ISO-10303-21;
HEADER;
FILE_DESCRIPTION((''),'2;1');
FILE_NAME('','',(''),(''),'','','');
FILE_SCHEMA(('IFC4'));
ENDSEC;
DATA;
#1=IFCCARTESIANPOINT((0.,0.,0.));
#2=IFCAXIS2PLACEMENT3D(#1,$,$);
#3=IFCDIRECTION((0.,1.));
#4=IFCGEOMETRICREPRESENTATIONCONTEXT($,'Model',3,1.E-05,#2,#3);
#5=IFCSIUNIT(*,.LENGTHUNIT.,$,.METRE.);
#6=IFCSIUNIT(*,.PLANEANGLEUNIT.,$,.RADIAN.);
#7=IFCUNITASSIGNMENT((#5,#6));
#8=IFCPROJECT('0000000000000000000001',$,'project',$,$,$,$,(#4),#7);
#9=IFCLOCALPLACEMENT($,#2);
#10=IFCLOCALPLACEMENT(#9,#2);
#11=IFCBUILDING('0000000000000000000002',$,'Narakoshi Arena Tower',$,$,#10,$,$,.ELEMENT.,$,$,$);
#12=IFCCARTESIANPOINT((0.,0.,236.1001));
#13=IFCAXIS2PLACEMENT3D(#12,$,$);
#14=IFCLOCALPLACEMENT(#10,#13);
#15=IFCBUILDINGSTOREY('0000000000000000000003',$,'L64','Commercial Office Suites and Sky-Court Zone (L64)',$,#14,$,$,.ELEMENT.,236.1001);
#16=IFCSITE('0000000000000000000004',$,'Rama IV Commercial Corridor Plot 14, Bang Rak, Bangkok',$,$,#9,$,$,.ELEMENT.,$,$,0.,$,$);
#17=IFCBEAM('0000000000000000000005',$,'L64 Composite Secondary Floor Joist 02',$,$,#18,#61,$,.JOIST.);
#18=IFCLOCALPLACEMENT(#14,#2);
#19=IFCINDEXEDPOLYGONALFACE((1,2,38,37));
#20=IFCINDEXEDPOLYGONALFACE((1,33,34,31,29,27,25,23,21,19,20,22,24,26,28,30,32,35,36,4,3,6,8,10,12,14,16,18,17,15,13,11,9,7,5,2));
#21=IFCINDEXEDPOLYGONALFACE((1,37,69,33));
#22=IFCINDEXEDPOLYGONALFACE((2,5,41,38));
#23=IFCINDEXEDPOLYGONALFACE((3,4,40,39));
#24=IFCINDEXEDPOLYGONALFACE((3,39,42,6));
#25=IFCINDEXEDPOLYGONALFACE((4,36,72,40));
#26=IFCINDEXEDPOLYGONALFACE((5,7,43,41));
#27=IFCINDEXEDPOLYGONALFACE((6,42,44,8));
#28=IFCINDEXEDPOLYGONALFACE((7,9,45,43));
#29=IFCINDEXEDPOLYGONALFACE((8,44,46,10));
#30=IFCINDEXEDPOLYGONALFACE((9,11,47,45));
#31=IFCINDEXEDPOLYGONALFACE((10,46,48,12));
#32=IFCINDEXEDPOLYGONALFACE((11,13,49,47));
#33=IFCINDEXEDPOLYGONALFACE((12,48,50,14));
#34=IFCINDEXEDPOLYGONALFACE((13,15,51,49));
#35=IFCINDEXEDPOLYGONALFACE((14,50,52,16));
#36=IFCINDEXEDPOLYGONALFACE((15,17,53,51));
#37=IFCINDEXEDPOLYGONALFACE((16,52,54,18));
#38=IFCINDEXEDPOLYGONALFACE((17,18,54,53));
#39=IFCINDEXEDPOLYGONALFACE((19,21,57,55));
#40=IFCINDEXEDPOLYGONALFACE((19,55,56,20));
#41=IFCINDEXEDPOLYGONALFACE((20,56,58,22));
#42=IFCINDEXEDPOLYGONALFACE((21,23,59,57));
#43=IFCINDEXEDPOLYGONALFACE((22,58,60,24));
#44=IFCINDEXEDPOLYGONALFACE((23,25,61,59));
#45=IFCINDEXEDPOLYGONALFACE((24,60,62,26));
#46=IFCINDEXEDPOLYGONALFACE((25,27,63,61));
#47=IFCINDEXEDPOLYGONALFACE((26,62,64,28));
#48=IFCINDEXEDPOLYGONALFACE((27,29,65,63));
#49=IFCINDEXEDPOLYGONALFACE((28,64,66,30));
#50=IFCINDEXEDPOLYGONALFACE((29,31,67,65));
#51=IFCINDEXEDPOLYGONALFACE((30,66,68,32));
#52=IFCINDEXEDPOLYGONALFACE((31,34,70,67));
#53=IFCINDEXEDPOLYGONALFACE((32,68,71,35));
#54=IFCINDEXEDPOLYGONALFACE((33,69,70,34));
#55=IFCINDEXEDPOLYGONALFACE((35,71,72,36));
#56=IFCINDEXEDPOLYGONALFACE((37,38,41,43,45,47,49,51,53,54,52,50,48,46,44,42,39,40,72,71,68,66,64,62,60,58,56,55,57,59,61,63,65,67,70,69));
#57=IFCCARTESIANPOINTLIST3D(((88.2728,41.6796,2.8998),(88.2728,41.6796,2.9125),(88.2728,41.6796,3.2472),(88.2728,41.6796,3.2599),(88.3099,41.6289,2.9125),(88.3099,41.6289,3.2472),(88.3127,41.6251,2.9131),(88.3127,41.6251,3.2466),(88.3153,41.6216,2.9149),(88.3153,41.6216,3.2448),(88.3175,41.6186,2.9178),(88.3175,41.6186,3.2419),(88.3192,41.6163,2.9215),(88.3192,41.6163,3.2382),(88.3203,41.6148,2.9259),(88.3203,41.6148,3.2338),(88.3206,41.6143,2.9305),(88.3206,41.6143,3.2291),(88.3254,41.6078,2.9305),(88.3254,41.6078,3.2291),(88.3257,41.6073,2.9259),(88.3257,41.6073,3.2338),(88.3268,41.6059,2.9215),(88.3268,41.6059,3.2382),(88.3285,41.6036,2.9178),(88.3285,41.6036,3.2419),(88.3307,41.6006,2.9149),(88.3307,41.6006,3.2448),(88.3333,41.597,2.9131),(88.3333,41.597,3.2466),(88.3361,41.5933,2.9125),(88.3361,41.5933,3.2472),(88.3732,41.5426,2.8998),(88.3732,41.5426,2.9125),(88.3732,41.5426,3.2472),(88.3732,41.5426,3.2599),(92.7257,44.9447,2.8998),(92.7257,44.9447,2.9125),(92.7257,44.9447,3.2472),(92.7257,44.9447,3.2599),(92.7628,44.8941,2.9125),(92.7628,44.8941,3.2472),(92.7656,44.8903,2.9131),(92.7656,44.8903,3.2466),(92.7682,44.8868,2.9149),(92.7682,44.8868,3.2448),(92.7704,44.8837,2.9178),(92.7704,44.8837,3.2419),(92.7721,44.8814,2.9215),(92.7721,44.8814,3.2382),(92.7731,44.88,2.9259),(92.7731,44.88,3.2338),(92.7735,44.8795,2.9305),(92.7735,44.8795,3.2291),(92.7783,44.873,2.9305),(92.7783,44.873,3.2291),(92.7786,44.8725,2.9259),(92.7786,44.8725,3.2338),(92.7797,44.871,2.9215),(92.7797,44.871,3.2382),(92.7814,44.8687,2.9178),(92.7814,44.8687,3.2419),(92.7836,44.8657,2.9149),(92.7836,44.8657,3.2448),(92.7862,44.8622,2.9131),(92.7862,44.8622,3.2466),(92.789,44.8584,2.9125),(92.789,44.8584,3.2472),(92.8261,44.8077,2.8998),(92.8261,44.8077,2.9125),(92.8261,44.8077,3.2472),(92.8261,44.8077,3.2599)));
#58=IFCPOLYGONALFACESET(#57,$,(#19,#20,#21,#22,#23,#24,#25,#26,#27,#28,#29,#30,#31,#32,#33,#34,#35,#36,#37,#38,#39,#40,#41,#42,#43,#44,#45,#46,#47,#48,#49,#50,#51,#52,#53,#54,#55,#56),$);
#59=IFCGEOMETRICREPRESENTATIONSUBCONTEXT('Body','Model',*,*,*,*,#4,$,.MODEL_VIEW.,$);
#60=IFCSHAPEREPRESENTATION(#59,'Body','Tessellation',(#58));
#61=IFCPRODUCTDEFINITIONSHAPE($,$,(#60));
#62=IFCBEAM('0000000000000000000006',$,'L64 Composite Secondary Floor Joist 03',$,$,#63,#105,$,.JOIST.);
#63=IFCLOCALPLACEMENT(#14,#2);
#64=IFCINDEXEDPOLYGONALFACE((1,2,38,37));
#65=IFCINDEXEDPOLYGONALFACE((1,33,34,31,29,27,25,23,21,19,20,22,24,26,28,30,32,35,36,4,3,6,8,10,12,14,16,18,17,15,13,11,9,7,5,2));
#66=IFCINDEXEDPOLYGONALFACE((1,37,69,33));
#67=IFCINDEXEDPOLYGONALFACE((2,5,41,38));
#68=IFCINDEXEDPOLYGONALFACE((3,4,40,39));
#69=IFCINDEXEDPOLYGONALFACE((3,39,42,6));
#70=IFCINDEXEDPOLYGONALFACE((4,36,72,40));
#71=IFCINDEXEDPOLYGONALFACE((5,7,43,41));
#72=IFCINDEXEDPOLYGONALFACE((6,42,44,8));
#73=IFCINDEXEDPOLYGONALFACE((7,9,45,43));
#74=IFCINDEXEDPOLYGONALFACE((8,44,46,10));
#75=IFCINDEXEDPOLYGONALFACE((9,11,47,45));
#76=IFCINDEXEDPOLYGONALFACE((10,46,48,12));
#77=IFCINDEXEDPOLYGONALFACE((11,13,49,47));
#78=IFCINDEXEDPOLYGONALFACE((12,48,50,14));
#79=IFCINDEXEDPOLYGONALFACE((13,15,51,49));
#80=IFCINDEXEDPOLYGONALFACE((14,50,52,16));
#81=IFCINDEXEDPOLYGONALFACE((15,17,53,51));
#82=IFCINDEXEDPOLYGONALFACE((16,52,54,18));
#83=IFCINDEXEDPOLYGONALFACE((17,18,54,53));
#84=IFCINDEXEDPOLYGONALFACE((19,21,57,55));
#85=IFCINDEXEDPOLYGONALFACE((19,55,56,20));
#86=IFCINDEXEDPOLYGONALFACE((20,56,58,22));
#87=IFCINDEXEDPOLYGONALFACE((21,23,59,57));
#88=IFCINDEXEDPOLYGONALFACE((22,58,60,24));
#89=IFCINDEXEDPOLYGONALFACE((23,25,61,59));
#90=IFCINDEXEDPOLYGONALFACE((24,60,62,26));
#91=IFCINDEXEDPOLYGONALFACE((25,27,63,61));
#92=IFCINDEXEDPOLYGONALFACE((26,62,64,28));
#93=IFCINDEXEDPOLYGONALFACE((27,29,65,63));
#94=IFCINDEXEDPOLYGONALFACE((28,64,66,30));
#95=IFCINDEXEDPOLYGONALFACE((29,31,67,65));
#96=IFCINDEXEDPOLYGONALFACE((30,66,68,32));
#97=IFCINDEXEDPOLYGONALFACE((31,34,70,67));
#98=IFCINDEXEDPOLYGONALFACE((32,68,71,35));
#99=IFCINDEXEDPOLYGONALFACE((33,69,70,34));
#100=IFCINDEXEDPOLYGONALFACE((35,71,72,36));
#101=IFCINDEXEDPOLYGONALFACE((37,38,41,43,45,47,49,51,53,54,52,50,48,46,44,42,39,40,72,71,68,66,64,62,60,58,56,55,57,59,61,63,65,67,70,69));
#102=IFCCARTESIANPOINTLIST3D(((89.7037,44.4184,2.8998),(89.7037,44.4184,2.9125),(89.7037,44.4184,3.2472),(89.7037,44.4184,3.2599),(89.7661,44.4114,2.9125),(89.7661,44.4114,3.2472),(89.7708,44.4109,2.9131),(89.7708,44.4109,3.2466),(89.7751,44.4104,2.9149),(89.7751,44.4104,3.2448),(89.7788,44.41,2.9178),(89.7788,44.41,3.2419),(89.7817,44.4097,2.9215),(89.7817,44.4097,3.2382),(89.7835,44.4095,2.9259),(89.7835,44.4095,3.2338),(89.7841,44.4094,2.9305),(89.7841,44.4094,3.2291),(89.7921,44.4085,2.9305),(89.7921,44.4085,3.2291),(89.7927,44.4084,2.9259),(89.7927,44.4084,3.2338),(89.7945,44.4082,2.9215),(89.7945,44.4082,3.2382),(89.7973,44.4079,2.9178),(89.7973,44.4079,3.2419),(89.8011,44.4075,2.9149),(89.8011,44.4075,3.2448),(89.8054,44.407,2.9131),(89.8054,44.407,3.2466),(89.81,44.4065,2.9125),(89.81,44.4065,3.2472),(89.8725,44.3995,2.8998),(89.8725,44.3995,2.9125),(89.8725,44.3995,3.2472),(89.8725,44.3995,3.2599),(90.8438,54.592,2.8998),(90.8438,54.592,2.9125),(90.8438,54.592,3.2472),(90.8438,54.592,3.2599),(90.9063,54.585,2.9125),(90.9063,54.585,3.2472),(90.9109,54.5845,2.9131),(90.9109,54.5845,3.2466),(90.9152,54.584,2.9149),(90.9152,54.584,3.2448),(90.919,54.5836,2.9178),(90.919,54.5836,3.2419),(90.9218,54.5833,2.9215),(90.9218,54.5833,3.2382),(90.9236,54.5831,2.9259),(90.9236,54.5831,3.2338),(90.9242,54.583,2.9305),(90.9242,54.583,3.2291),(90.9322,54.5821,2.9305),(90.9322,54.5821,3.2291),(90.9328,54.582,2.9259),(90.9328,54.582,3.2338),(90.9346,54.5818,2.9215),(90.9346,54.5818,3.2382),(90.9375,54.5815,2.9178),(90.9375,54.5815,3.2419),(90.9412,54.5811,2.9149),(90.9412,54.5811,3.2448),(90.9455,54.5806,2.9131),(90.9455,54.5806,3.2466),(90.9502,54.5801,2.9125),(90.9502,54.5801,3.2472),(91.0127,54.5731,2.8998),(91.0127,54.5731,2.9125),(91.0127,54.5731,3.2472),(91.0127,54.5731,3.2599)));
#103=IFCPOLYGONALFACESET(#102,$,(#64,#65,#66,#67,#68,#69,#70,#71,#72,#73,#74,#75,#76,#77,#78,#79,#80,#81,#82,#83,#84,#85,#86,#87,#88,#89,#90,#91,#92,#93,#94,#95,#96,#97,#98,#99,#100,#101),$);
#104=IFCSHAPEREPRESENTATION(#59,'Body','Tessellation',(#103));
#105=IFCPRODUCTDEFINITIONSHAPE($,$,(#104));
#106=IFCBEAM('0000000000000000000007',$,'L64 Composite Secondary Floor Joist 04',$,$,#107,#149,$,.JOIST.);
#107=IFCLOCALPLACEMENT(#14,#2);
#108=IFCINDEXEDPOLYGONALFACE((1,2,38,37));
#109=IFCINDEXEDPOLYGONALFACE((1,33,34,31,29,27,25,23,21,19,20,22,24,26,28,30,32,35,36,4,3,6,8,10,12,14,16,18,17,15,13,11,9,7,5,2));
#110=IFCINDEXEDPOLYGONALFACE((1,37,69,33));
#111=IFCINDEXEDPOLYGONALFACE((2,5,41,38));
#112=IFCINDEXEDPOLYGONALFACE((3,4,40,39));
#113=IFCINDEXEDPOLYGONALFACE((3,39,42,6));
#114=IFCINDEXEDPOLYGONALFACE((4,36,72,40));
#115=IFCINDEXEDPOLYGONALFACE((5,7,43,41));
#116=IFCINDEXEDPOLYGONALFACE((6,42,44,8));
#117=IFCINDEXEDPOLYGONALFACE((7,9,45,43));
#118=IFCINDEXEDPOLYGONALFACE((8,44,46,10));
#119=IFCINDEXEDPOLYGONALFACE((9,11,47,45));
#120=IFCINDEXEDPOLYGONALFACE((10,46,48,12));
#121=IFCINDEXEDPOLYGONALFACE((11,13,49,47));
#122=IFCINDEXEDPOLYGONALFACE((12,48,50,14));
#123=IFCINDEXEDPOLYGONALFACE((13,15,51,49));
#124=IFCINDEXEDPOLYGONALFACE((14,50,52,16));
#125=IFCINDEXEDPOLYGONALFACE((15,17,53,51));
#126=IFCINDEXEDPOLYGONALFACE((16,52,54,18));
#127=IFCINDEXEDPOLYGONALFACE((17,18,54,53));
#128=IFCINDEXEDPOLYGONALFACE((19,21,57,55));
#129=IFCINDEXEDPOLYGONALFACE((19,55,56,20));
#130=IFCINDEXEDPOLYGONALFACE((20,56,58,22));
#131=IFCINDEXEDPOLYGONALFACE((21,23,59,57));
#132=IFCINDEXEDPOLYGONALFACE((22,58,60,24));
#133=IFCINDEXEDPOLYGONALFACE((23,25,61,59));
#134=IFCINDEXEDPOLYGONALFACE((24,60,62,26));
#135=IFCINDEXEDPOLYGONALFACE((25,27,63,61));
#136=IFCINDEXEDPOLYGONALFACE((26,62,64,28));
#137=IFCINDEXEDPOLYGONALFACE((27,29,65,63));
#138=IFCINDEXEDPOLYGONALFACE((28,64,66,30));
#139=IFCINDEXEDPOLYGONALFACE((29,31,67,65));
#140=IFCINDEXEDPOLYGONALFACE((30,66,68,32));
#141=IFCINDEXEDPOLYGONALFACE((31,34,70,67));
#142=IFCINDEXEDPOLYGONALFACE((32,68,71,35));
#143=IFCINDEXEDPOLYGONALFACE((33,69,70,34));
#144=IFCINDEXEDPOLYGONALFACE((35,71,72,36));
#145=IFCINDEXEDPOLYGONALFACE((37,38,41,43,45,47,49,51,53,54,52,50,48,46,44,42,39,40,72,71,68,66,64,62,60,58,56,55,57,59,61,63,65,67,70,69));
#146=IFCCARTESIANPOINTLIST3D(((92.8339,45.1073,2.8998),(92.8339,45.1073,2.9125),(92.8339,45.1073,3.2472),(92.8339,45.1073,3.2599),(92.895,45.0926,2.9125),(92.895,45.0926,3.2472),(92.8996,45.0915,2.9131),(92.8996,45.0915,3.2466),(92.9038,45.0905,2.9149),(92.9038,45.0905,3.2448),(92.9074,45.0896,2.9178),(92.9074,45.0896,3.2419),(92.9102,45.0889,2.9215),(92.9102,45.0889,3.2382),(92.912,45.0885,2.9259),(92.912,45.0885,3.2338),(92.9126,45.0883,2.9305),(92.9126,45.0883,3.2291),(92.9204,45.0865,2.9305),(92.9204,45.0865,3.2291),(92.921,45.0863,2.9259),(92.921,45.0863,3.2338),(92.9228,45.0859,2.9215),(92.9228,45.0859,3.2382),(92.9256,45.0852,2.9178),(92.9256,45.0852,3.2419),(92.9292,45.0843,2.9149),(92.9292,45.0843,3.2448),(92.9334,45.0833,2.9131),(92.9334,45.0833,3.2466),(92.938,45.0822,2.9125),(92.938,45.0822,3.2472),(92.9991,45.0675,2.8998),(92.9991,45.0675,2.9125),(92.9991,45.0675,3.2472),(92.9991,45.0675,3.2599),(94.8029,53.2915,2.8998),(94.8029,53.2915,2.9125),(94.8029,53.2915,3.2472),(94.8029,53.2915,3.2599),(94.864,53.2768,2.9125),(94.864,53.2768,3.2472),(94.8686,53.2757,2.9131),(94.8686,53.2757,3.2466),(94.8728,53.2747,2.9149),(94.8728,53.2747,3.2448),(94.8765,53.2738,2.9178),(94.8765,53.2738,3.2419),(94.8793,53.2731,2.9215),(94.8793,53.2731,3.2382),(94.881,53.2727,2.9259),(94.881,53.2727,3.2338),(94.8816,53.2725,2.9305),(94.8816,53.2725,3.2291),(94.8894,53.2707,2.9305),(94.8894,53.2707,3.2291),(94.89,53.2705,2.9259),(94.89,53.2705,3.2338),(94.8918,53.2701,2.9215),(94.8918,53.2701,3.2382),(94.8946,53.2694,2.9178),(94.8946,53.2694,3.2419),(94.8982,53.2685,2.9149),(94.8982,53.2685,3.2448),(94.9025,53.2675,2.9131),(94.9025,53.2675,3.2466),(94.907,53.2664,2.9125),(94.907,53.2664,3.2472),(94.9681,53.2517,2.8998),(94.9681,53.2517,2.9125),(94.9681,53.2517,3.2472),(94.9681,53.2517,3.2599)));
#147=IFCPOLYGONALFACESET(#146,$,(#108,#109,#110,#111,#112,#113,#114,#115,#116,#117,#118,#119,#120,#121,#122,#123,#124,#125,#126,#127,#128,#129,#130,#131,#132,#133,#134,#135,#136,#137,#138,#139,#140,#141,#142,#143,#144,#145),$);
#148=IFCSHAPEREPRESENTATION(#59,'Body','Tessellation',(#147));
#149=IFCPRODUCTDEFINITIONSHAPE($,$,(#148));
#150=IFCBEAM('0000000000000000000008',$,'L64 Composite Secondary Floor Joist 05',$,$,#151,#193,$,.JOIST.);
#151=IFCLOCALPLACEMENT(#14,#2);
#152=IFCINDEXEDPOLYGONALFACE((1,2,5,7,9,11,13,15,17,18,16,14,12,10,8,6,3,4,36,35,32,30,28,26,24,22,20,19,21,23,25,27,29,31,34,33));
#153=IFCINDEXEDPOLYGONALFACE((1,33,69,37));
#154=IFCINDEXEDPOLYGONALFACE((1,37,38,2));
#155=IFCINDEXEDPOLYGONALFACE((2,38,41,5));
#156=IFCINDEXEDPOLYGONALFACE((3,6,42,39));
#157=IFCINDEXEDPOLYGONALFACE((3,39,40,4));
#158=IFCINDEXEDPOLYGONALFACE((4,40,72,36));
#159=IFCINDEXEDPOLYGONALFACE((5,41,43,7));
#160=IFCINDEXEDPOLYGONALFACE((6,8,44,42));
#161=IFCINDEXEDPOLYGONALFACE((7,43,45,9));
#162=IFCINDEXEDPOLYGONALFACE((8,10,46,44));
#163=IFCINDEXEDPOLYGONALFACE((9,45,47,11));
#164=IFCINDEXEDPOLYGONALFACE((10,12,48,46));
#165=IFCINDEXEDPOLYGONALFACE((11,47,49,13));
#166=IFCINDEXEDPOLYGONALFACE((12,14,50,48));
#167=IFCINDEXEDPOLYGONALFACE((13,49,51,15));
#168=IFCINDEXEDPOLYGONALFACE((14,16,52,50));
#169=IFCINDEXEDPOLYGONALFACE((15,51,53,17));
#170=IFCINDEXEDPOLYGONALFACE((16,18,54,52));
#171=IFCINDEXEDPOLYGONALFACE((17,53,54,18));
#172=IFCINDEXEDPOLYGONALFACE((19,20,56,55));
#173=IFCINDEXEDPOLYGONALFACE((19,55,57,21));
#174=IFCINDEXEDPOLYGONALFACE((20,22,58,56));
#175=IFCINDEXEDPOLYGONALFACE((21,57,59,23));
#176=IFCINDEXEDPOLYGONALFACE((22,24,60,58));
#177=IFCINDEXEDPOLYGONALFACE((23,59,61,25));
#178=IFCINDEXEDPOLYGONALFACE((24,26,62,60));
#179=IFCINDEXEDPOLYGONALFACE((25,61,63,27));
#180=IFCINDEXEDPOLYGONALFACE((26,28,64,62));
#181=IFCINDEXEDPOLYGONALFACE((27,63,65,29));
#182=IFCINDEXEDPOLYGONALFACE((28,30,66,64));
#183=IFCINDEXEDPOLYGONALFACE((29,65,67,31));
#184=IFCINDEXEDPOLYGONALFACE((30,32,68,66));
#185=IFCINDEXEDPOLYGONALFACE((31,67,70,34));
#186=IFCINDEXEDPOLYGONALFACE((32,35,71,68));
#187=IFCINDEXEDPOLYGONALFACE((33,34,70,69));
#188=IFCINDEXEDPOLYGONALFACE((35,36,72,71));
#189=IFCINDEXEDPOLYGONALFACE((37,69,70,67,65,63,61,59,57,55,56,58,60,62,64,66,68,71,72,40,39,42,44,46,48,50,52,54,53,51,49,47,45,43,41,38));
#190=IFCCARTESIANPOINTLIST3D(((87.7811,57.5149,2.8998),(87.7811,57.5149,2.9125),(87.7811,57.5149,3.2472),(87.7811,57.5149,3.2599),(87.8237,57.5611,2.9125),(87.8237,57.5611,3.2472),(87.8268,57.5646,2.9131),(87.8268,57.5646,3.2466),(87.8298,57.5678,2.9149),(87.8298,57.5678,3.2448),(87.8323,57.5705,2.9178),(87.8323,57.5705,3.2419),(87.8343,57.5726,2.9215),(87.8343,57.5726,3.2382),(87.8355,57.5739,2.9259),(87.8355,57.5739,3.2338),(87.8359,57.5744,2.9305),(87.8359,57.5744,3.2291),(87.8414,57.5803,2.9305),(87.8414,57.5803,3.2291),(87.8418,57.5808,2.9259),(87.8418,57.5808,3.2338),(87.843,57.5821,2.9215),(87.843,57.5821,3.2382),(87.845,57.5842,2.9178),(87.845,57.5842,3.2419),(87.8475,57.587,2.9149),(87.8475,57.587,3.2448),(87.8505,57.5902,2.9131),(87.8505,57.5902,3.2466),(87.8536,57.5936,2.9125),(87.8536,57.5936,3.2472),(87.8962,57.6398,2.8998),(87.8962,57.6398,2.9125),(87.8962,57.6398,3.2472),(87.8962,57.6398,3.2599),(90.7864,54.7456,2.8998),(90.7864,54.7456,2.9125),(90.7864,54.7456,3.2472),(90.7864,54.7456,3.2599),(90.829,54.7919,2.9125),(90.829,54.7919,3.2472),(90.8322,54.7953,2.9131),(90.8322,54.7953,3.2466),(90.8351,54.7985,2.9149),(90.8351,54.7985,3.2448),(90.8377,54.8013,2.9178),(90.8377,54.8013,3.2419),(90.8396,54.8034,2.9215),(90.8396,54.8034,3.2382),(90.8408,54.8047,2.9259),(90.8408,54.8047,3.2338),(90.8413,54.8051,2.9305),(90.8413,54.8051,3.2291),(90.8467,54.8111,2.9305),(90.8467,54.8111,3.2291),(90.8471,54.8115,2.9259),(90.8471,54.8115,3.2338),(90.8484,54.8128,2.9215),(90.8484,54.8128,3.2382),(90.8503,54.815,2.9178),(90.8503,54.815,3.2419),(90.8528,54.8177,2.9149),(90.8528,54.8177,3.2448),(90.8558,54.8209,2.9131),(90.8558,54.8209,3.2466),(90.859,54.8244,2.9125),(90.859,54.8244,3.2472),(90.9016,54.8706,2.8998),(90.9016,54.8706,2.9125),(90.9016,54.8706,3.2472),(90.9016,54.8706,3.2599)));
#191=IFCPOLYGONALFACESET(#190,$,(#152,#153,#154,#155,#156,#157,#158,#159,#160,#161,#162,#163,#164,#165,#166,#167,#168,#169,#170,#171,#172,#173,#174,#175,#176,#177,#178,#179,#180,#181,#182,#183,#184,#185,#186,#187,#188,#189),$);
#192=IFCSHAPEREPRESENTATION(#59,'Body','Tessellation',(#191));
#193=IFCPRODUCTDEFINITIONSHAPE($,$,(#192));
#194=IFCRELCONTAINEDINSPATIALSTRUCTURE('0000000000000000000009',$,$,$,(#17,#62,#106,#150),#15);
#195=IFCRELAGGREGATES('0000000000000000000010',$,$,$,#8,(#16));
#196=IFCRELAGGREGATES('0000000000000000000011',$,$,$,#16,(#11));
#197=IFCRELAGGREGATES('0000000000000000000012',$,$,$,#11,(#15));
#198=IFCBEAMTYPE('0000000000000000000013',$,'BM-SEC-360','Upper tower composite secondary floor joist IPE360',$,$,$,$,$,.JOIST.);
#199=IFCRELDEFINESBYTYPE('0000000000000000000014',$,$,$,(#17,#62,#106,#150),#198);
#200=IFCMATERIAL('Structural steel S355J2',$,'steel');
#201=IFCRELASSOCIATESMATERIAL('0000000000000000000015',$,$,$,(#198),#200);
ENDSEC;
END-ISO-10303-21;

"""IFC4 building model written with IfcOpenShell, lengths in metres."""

from ifc_helpers import new_model, si_unit, direction, frame, origin, origin_2d, place, context, subcontext, project, spatial, i_section, extrude, material, material_profile, profile_set, type_object, element, save


model = new_model("IFC4")

# Units and contexts
model_context = context("Model", 3, precision=1e-05, world=origin(), true_north=direction((0.0, 1.0)))
body_context = subcontext(model_context, "Body", "Model", "MODEL_VIEW")
ifc_project = project(units=[si_unit("LENGTHUNIT", "METRE"), si_unit("PLANEANGLEUNIT", "RADIAN")], contexts=[model_context])

# Site, building, storey
site_placement = place(None, origin())
site = spatial("IfcSite", under=ifc_project, at=site_placement, Name="Rama IV Commercial Corridor Plot 14, Bang Rak, Bangkok", CompositionType="ELEMENT", RefElevation=0.0)
building_placement = place(site_placement, origin())
building = spatial("IfcBuilding", under=site, at=building_placement, Name="Narakoshi Arena Tower", CompositionType="ELEMENT")
storey_placement = place(building_placement, frame((0.0, 0.0, 236.1001)))
storey = spatial("IfcBuildingStorey", under=building, at=storey_placement, Name="L64", Description="Commercial Office Suites and Sky-Court Zone (L64)", CompositionType="ELEMENT", Elevation=236.1001)

# Beams
ifc_material_1 = material(Name="Structural steel S355J2", Category="steel")
ifc_material_profile_1 = material_profile(ifc_material_1, i_section(OverallWidth=0.1699, OverallDepth=0.3601, WebThickness=0.0081, FlangeThickness=0.0127, FilletRadius=0.0181, at=origin_2d()), Name="IPE360")
ifc_profile_set_1 = profile_set([ifc_material_profile_1], Name="Structural steel S355J2")
beam_type_1 = type_object("IfcBeamType", Name="BM-SEC-360", Description="Upper tower composite secondary floor joist IPE360", PredefinedType="JOIST", material=ifc_profile_set_1)
beam_1_placement = place(storey_placement, frame((88.323, 41.6111, 3.0798), z_axis=(0.806432, 0.591327, 0.0), x_axis=(-0.591327, 0.806432, 0.0)))
element("IfcBeam", 1, at=beam_1_placement, inside=storey, type_object=beam_type_1, Name="L64 Composite Secondary Floor Joist 02", PredefinedType="JOIST", context=body_context, shape_type="SweptSolid", body=[
    extrude(i_section(OverallWidth=0.1699, OverallDepth=0.3601, WebThickness=0.0081, FlangeThickness=0.0127, FilletRadius=0.0181, at=origin_2d()), origin(), (0.0, 0.0, 1.0), 5.5217),
])
beam_2_placement = place(storey_placement, frame((89.7881, 44.4089, 3.0798), z_axis=(0.111371, 0.993779, 0.0), x_axis=(-0.993779, 0.111371, 0.0)))
element("IfcBeam", 2, at=beam_2_placement, inside=storey, type_object=beam_type_1, Name="L64 Composite Secondary Floor Joist 03", PredefinedType="JOIST", context=body_context, shape_type="SweptSolid", body=[
    extrude(i_section(OverallWidth=0.1699, OverallDepth=0.3601, WebThickness=0.0081, FlangeThickness=0.0127, FilletRadius=0.0181, at=origin_2d()), origin(), (0.0, 0.0, 1.0), 10.2373),
])
beam_3_placement = place(storey_placement, frame((92.9165, 45.0874, 3.0798), z_axis=(0.233914, 0.972257, 0.0), x_axis=(-0.972257, 0.233914, 0.0)))
element("IfcBeam", 3, at=beam_3_placement, inside=storey, type_object=beam_type_1, Name="L64 Composite Secondary Floor Joist 04", PredefinedType="JOIST", context=body_context, shape_type="SweptSolid", body=[
    extrude(i_section(OverallWidth=0.1699, OverallDepth=0.3601, WebThickness=0.0081, FlangeThickness=0.0127, FilletRadius=0.0181, at=origin_2d()), origin(), (0.0, 0.0, 1.0), 8.4177),
])
beam_4_placement = place(storey_placement, frame((90.844, 54.8081, 3.0798), z_axis=(-0.735401, 0.677632, 0.0), x_axis=(-0.677632, -0.735401, 0.0)))
element("IfcBeam", 4, at=beam_4_placement, inside=storey, type_object=beam_type_1, Name="L64 Composite Secondary Floor Joist 05", PredefinedType="JOIST", context=body_context, shape_type="SweptSolid", body=[
    extrude(i_section(OverallWidth=0.1699, OverallDepth=0.3601, WebThickness=0.0081, FlangeThickness=0.0127, FilletRadius=0.0181, at=origin_2d()), origin(), (0.0, 0.0, 1.0), 4.0867),
])

save(model, "model.ifc")
